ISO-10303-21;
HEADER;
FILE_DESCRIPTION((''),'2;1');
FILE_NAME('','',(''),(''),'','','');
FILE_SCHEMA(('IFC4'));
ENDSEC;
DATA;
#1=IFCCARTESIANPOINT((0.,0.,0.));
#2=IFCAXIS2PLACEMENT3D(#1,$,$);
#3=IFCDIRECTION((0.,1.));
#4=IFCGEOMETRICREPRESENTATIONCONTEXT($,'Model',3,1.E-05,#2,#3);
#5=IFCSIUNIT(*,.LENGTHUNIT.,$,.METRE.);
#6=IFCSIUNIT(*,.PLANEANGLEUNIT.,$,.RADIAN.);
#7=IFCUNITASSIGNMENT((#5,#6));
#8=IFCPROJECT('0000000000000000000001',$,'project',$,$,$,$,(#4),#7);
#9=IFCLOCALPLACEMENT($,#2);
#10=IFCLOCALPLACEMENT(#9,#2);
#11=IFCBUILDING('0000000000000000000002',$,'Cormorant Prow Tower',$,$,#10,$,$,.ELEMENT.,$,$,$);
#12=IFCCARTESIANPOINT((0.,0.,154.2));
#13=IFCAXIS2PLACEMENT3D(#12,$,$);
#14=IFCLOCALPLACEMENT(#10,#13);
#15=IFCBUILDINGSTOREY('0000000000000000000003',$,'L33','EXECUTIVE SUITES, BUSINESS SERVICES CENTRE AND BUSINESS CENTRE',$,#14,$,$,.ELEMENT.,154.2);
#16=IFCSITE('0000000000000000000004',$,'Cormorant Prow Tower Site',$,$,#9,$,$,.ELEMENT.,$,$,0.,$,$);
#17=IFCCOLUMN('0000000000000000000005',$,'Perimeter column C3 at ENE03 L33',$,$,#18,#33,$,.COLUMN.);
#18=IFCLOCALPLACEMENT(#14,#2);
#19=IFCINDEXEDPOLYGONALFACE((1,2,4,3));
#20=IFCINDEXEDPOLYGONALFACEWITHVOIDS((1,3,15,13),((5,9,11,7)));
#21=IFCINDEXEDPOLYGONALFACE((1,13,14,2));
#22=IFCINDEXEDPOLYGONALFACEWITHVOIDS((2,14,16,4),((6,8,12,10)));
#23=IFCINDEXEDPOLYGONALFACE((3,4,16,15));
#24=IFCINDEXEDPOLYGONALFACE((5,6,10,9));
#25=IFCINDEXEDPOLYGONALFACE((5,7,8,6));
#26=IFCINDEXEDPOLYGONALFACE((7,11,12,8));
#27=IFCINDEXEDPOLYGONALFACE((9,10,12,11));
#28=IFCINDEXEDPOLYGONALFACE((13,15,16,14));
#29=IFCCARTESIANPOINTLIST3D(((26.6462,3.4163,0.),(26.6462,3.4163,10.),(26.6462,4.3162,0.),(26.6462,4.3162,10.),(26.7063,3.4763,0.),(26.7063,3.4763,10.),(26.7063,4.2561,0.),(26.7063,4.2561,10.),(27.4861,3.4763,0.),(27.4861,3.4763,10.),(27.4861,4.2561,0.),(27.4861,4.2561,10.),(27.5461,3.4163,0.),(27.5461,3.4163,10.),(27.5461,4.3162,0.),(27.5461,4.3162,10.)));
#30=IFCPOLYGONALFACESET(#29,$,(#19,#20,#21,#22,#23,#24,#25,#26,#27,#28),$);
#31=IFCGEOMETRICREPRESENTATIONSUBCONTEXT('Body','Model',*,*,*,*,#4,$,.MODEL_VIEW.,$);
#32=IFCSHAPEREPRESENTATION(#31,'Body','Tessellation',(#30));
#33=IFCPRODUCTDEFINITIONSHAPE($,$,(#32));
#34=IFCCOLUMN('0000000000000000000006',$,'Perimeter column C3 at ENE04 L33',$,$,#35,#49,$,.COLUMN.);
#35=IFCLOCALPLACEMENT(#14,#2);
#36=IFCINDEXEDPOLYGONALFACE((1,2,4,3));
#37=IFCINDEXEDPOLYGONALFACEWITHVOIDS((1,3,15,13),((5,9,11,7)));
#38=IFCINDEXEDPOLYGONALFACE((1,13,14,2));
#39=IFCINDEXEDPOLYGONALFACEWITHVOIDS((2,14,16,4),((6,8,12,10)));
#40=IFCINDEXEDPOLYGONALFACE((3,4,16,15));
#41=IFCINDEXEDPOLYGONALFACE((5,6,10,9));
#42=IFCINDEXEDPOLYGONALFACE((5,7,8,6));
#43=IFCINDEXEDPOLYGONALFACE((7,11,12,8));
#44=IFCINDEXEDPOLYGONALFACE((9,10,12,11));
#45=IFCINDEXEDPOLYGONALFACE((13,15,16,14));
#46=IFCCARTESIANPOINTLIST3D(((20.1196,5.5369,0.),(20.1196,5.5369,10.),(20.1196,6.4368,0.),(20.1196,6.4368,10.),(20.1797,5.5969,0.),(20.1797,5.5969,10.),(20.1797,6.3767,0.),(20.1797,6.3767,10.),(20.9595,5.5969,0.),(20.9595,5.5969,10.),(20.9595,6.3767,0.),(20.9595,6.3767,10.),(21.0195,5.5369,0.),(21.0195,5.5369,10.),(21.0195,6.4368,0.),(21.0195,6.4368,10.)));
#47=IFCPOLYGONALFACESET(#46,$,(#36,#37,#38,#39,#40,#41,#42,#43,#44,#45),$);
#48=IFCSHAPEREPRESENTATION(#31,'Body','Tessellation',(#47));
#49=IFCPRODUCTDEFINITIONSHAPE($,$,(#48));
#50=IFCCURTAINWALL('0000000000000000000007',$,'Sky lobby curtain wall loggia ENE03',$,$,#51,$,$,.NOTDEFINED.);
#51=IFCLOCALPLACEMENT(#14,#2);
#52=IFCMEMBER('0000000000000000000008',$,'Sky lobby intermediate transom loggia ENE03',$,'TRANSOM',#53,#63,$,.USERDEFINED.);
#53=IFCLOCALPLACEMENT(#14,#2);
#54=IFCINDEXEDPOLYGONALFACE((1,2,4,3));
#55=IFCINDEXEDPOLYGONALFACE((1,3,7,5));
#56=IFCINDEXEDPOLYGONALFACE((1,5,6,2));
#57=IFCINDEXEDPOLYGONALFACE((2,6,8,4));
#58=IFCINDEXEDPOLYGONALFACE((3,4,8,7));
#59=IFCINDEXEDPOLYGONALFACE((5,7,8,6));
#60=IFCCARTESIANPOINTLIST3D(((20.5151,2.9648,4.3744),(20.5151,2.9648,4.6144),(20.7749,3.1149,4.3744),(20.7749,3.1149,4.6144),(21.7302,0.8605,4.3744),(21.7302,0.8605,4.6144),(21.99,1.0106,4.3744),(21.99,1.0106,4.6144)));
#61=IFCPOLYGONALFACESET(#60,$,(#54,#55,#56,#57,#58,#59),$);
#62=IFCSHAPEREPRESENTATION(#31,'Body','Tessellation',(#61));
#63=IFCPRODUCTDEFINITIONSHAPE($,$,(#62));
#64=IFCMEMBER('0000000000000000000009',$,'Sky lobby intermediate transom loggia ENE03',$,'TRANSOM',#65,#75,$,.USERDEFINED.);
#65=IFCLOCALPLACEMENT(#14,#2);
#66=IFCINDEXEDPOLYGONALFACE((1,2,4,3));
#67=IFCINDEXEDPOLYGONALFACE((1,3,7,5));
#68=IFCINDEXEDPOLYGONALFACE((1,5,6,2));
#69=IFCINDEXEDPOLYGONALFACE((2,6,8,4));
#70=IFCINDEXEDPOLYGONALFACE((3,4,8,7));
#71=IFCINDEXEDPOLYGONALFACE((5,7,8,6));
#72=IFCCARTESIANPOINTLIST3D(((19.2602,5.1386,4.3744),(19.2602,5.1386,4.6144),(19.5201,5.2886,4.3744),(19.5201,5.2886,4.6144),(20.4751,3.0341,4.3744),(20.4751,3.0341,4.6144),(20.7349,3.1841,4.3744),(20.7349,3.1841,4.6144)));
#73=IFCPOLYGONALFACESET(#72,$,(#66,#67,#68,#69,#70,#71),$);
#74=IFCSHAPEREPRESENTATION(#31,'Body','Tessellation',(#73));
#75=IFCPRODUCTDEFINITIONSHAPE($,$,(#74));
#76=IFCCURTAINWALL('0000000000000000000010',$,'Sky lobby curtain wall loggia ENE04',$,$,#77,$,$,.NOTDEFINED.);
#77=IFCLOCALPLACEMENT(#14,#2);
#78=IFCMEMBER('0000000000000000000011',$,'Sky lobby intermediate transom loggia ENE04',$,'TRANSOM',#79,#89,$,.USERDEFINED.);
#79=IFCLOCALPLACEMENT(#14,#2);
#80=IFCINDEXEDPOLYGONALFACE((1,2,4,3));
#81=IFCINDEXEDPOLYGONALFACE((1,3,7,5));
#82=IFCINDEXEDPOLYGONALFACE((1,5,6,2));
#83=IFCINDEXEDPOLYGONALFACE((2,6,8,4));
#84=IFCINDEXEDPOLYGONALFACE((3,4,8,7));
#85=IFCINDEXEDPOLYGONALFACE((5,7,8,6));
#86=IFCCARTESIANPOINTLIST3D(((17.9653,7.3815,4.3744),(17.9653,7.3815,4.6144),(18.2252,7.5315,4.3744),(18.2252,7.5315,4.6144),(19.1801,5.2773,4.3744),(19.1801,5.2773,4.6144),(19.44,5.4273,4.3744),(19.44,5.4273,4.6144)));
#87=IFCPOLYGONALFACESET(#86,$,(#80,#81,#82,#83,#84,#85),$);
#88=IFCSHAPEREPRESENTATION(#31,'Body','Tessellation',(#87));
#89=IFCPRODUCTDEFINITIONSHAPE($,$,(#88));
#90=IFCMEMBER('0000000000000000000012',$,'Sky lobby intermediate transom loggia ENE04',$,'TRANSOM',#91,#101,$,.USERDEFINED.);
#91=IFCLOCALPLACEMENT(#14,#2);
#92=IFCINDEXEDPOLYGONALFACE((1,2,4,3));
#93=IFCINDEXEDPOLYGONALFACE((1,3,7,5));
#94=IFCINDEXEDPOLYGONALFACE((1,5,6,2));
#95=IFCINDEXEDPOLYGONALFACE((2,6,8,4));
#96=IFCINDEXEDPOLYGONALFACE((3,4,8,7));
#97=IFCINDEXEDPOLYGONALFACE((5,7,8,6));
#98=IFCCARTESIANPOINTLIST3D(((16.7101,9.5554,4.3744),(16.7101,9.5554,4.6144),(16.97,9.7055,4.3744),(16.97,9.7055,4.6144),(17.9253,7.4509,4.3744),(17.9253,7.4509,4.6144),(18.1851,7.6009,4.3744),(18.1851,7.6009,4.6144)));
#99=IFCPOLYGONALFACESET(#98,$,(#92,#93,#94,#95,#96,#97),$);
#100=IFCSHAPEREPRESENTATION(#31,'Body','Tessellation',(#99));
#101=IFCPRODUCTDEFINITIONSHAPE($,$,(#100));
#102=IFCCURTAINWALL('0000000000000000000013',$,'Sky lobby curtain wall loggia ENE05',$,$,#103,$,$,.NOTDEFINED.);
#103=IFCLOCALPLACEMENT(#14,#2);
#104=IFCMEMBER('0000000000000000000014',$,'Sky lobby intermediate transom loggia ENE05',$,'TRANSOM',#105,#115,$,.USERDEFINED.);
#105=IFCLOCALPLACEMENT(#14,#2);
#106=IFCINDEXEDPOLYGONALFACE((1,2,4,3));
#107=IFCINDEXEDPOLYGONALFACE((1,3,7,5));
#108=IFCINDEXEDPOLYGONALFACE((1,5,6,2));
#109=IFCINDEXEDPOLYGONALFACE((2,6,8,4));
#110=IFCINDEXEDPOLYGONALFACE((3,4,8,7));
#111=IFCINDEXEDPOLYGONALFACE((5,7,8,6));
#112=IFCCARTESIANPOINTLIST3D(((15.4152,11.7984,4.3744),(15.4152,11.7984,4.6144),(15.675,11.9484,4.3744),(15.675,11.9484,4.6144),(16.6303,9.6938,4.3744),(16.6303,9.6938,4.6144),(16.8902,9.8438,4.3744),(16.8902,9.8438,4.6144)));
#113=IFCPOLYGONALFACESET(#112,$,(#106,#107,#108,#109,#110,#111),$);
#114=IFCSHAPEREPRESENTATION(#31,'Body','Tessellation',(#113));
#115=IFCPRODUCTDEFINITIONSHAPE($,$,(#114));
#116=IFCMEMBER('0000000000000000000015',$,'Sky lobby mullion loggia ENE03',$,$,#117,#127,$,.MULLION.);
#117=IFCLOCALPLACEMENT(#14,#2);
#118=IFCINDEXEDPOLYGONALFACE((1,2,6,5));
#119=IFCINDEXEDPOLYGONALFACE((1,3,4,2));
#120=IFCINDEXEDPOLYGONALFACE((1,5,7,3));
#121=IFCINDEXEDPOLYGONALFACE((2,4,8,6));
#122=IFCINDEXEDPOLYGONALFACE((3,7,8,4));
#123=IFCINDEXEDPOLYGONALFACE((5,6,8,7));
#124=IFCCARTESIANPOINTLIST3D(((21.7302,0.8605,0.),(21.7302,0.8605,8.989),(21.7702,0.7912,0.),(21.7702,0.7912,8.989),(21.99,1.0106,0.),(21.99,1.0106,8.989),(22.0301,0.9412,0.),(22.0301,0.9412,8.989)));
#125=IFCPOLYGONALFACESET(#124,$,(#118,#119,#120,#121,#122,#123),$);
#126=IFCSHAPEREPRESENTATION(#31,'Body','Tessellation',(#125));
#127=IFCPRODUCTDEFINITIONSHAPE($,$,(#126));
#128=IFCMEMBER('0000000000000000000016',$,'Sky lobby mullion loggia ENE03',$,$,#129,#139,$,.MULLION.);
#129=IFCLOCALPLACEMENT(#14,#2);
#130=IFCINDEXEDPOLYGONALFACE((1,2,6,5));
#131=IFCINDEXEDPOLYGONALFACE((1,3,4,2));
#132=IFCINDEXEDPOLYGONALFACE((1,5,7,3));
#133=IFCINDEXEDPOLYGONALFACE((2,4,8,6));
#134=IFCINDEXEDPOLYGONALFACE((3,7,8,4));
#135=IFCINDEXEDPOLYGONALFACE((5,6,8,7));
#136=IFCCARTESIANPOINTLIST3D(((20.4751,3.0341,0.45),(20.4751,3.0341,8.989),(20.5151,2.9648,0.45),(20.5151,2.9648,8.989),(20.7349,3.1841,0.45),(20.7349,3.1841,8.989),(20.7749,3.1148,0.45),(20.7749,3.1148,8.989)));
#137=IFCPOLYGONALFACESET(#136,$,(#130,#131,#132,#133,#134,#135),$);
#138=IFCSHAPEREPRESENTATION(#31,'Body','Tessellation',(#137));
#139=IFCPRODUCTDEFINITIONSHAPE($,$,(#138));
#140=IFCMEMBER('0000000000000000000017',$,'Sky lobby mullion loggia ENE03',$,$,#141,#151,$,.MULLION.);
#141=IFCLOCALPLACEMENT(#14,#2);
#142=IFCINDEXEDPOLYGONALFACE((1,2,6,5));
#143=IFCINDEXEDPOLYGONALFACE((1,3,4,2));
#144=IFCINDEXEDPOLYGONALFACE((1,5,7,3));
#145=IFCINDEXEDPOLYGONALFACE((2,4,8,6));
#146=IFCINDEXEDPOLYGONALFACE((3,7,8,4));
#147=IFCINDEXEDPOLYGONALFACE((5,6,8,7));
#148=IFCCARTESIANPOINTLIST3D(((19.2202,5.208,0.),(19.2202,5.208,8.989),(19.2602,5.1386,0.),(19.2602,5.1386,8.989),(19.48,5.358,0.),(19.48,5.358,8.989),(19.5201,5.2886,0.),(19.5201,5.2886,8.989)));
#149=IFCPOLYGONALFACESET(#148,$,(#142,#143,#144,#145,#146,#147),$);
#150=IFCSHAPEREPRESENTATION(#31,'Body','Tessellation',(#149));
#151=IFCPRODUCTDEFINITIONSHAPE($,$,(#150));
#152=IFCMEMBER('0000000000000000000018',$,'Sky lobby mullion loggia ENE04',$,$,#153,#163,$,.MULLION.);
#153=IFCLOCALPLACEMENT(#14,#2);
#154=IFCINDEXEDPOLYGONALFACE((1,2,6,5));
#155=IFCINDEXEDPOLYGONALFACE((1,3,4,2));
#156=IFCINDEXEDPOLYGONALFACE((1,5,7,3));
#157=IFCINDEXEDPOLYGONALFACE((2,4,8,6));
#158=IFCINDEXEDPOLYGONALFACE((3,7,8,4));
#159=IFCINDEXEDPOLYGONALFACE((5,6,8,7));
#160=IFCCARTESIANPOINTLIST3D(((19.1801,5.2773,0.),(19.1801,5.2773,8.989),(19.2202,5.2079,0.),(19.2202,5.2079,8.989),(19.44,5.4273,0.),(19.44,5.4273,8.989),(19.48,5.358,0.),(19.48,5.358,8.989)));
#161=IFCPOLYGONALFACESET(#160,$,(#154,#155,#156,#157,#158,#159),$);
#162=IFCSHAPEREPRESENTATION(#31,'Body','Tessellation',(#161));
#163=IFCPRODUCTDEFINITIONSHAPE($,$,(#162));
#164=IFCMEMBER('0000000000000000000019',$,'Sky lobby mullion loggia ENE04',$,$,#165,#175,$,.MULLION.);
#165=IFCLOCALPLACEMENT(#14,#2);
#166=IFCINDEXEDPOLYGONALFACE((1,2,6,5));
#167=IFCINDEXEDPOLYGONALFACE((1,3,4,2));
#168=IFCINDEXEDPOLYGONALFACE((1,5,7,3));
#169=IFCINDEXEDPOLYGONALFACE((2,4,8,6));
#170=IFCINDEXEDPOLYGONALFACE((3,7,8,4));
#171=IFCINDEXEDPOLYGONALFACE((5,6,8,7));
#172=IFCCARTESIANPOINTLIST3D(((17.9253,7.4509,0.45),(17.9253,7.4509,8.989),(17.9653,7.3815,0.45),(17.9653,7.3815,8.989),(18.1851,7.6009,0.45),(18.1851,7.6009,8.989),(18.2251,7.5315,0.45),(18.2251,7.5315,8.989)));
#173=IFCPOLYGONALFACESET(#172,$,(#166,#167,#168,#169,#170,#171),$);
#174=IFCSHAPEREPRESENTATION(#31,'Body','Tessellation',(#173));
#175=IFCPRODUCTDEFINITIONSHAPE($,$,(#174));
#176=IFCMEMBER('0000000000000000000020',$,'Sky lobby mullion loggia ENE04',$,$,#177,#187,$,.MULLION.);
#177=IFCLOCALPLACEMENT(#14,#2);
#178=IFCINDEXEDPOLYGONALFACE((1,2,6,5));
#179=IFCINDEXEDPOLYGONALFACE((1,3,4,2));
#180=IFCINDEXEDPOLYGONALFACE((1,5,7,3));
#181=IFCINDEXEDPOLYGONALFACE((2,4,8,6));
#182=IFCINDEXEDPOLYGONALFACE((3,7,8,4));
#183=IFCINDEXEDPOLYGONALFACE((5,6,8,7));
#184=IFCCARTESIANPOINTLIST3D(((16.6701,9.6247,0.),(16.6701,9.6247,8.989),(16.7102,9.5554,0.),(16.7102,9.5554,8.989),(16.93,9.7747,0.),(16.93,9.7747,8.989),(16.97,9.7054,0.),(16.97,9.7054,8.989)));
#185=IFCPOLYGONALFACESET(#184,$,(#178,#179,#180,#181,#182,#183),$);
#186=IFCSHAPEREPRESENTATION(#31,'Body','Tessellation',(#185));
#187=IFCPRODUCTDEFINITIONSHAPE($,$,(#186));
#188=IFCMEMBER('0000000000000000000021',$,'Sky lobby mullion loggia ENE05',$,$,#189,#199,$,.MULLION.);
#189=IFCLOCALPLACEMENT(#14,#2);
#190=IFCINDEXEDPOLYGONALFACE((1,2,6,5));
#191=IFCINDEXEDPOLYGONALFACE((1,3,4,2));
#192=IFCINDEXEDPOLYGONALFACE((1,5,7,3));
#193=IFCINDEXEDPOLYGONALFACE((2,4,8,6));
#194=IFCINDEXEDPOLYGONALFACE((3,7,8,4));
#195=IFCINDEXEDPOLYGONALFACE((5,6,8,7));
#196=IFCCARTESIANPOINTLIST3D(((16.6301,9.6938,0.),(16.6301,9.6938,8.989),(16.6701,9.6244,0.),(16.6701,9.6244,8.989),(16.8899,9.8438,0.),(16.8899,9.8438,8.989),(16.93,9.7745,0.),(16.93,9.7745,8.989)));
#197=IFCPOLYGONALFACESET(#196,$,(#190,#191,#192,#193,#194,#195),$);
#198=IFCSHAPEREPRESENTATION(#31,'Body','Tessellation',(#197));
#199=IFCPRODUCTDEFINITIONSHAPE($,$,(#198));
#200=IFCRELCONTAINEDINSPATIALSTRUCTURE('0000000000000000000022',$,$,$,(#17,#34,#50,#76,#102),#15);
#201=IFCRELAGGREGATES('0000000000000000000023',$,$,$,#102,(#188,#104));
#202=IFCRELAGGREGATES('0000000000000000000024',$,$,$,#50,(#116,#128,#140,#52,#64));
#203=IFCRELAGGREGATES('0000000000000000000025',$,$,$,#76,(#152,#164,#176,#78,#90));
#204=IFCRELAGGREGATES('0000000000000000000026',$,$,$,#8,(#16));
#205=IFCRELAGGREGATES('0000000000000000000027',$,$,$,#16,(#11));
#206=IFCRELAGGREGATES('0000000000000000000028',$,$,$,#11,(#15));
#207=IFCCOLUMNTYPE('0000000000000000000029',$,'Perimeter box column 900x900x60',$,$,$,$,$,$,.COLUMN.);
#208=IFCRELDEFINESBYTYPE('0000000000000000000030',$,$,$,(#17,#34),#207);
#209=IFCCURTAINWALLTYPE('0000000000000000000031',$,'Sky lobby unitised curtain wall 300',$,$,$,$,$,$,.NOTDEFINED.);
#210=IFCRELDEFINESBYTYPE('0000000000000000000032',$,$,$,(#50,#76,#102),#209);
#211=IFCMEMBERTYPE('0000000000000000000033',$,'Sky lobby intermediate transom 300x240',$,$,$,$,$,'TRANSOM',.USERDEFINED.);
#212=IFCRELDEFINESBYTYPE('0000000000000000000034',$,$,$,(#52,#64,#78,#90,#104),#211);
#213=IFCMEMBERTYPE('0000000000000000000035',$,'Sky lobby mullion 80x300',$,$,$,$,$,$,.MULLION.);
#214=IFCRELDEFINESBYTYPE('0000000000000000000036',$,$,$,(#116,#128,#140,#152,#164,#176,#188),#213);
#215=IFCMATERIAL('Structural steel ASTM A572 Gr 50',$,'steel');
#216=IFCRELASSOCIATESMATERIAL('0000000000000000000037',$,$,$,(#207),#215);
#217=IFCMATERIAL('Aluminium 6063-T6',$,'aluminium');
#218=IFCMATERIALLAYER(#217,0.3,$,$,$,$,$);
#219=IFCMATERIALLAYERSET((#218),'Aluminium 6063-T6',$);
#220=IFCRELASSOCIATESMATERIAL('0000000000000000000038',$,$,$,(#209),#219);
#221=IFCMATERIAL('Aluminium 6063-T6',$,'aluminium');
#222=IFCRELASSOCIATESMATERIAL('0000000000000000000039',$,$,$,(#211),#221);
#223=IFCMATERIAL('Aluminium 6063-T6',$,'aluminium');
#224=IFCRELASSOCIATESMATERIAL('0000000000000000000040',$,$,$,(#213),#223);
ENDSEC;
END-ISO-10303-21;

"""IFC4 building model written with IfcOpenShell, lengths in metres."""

from ifc_helpers import new_model, si_unit, direction, frame, origin, origin_2d, place, context, subcontext, project, spatial, rectangle, hollow_rectangle, extrude, material, layer, layer_set, material_profile, profile_set, type_object, element, aggregate, save


model = new_model("IFC4")

# Units and contexts
model_context = context("Model", 3, precision=1e-05, world=origin(), true_north=direction((0.0, 1.0)))
body_context = subcontext(model_context, "Body", "Model", "MODEL_VIEW")
ifc_project = project(units=[si_unit("LENGTHUNIT", "METRE"), si_unit("PLANEANGLEUNIT", "RADIAN")], contexts=[model_context])

# Site, building, storey
site_placement = place(None, origin())
site = spatial("IfcSite", under=ifc_project, at=site_placement, Name="Cormorant Prow Tower Site", CompositionType="ELEMENT", RefElevation=0.0)
building_placement = place(site_placement, origin())
building = spatial("IfcBuilding", under=site, at=building_placement, Name="Cormorant Prow Tower", CompositionType="ELEMENT")
storey_placement = place(building_placement, frame((0.0, 0.0, 154.2)))
storey = spatial("IfcBuildingStorey", under=building, at=storey_placement, Name="L33", Description="EXECUTIVE SUITES, BUSINESS SERVICES CENTRE AND BUSINESS CENTRE", CompositionType="ELEMENT", Elevation=154.2)

# Columns
ifc_material_1 = material(Name="Structural steel ASTM A572 Gr 50", Category="steel")
ifc_material_profile_1 = material_profile(ifc_material_1, hollow_rectangle(XDim=0.8999, YDim=0.8999, WallThickness=0.0601, at=origin_2d()), Name="Box 900x900x60")
ifc_profile_set_1 = profile_set([ifc_material_profile_1], Name="Structural steel ASTM A572 Gr 50")
column_type = type_object("IfcColumnType", Name="Perimeter box column 900x900x60", PredefinedType="COLUMN", material=ifc_profile_set_1)
for number, where, z_axis, x_axis, name in (
    (1, (27.0962, 3.8662, 0.0), (0.0, 0.0, 1.0), (1.0, 0.0, 0.0), "Perimeter column C3 at ENE03 L33"),
    (2, (20.5696, 5.9868, 0.0), (0.0, 0.0, 1.0), (1.0, 0.0, 0.0), "Perimeter column C3 at ENE04 L33"),
):
    element("IfcColumn", number, at=place(storey_placement, frame(where, z_axis=z_axis, x_axis=x_axis)), inside=storey, type_object=column_type, Name=name, PredefinedType="COLUMN", context=body_context, shape_type="SweptSolid", body=[
        extrude(hollow_rectangle(XDim=0.8999, YDim=0.8999, WallThickness=0.0601, at=origin_2d()), origin(), (0.0, 0.0, 1.0), 10.0),
    ])

# Curtain walls, members
ifc_material_2 = material(Name="Aluminium 6063-T6", Category="aluminium")
ifc_layer_1 = layer(ifc_material_2, 0.3)
ifc_layer_set_1 = layer_set([ifc_layer_1], Name="Aluminium 6063-T6")
curtain_wall_type = type_object("IfcCurtainWallType", Name="Sky lobby unitised curtain wall 300", PredefinedType="NOTDEFINED", material=ifc_layer_set_1)
curtain_wall_1_placement = place(storey_placement, origin())
curtain_wall_1 = element("IfcCurtainWall", 3, at=curtain_wall_1_placement, inside=storey, type_object=curtain_wall_type, Name="Sky lobby curtain wall loggia ENE03", PredefinedType="NOTDEFINED")
ifc_material_3 = material(Name="Aluminium 6063-T6", Category="aluminium")
ifc_material_profile_2 = material_profile(ifc_material_3, rectangle(XDim=0.3, YDim=0.24, at=origin_2d()), Name="Sky lobby intermediate transom 300x240")
ifc_profile_set_2 = profile_set([ifc_material_profile_2], Name="Aluminium 6063-T6")
member_type_1 = type_object("IfcMemberType", Name="Sky lobby intermediate transom 300x240", ElementType="TRANSOM", PredefinedType="USERDEFINED", material=ifc_profile_set_2)
member_1_placement = place(storey_placement, frame((21.8601, 0.9355, 4.4944), z_axis=(-0.500062, 0.86599, 0.0), x_axis=(-0.86599, -0.500062, 0.0)))
member_1 = element("IfcMember", 4, at=member_1_placement, type_object=member_type_1, Name="Sky lobby intermediate transom loggia ENE03", ObjectType="TRANSOM", PredefinedType="USERDEFINED", context=body_context, shape_type="SweptSolid", body=[
    extrude(rectangle(XDim=0.3, YDim=0.24, at=origin_2d()), origin(), (0.0, 0.0, 1.0), 2.4299),
])
member_2_placement = place(storey_placement, frame((20.605, 3.1091, 4.4944), z_axis=(-0.499943, 0.866058, 0.0), x_axis=(-0.866058, -0.499943, 0.0)))
member_2 = element("IfcMember", 5, at=member_2_placement, type_object=member_type_1, Name="Sky lobby intermediate transom loggia ENE03", ObjectType="TRANSOM", PredefinedType="USERDEFINED", context=body_context, shape_type="SweptSolid", body=[
    extrude(rectangle(XDim=0.3, YDim=0.24, at=origin_2d()), origin(), (0.0, 0.0, 1.0), 2.4299),
])
curtain_wall_2_placement = place(storey_placement, origin())
curtain_wall_2 = element("IfcCurtainWall", 6, at=curtain_wall_2_placement, inside=storey, type_object=curtain_wall_type, Name="Sky lobby curtain wall loggia ENE04", PredefinedType="NOTDEFINED")
member_3_placement = place(storey_placement, frame((19.3101, 5.3523, 4.4944), z_axis=(-0.499986, 0.866033, 0.0), x_axis=(-0.866033, -0.499986, 0.0)))
member_3 = element("IfcMember", 7, at=member_3_placement, type_object=member_type_1, Name="Sky lobby intermediate transom loggia ENE04", ObjectType="TRANSOM", PredefinedType="USERDEFINED", context=body_context, shape_type="SweptSolid", body=[
    extrude(rectangle(XDim=0.3, YDim=0.24, at=origin_2d()), origin(), (0.0, 0.0, 1.0), 2.4297),
])
member_4_placement = place(storey_placement, frame((18.0552, 7.5259, 4.4944), z_axis=(-0.500018, 0.866015, 0.0), x_axis=(-0.866015, -0.500018, 0.0)))
member_4 = element("IfcMember", 8, at=member_4_placement, type_object=member_type_1, Name="Sky lobby intermediate transom loggia ENE04", ObjectType="TRANSOM", PredefinedType="USERDEFINED", context=body_context, shape_type="SweptSolid", body=[
    extrude(rectangle(XDim=0.3, YDim=0.24, at=origin_2d()), origin(), (0.0, 0.0, 1.0), 2.4302),
])

# Curtain wall, member
curtain_wall_3_placement = place(storey_placement, origin())
curtain_wall_3 = element("IfcCurtainWall", 9, at=curtain_wall_3_placement, inside=storey, type_object=curtain_wall_type, Name="Sky lobby curtain wall loggia ENE05", PredefinedType="NOTDEFINED")
member_5_placement = place(storey_placement, frame((16.7603, 9.7688, 4.4944), z_axis=(-0.500018, 0.866015, 0.0), x_axis=(-0.866015, -0.500018, 0.0)))
member_5 = element("IfcMember", 10, at=member_5_placement, type_object=member_type_1, Name="Sky lobby intermediate transom loggia ENE05", ObjectType="TRANSOM", PredefinedType="USERDEFINED", context=body_context, shape_type="SweptSolid", body=[
    extrude(rectangle(XDim=0.3, YDim=0.24, at=origin_2d()), origin(), (0.0, 0.0, 1.0), 2.4302),
])

# Members
ifc_material_4 = material(Name="Aluminium 6063-T6", Category="aluminium")
ifc_material_profile_3 = material_profile(ifc_material_4, rectangle(XDim=0.3, YDim=0.0801, at=origin_2d()), Name="Sky lobby mullion 80x300")
ifc_profile_set_3 = profile_set([ifc_material_profile_3], Name="Aluminium 6063-T6")
member_type_2 = type_object("IfcMemberType", Name="Sky lobby mullion 80x300", PredefinedType="MULLION", material=ifc_profile_set_3)
member_6_placement = place(storey_placement, frame((21.8801, 0.9009, 0.0), z_axis=(0.0, 0.0, 1.0), x_axis=(-0.866025, -0.5, 0.0)))
member_6 = element("IfcMember", 11, at=member_6_placement, type_object=member_type_2, Name="Sky lobby mullion loggia ENE03", PredefinedType="MULLION", context=body_context, shape_type="SweptSolid", body=[
    extrude(rectangle(XDim=0.3, YDim=0.0801, at=origin_2d()), origin(), (0.0, 0.0, 1.0), 8.989),
])
member_7_placement = place(storey_placement, frame((20.625, 3.0745, 0.45), z_axis=(0.0, 0.0, 1.0), x_axis=(-0.866025, -0.5, 0.0)))
member_7 = element("IfcMember", 12, at=member_7_placement, type_object=member_type_2, Name="Sky lobby mullion loggia ENE03", PredefinedType="MULLION", context=body_context, shape_type="SweptSolid", body=[
    extrude(rectangle(XDim=0.3, YDim=0.0801, at=origin_2d()), origin(), (0.0, 0.0, 1.0), 8.5391),
])
member_8_placement = place(storey_placement, frame((19.3701, 5.2483, 0.0), z_axis=(0.0, 0.0, 1.0), x_axis=(-0.866025, -0.5, 0.0)))
member_8 = element("IfcMember", 13, at=member_8_placement, type_object=member_type_2, Name="Sky lobby mullion loggia ENE03", PredefinedType="MULLION", context=body_context, shape_type="SweptSolid", body=[
    extrude(rectangle(XDim=0.3, YDim=0.0801, at=origin_2d()), origin(), (0.0, 0.0, 1.0), 8.989),
])
member_9_placement = place(storey_placement, frame((19.3301, 5.3176, 0.0), z_axis=(0.0, 0.0, 1.0), x_axis=(-0.866025, -0.5, 0.0)))
member_9 = element("IfcMember", 14, at=member_9_placement, type_object=member_type_2, Name="Sky lobby mullion loggia ENE04", PredefinedType="MULLION", context=body_context, shape_type="SweptSolid", body=[
    extrude(rectangle(XDim=0.3, YDim=0.0801, at=origin_2d()), origin(), (0.0, 0.0, 1.0), 8.989),
])
member_10_placement = place(storey_placement, frame((18.0752, 7.4912, 0.45), z_axis=(0.0, 0.0, 1.0), x_axis=(-0.866025, -0.5, 0.0)))
member_10 = element("IfcMember", 15, at=member_10_placement, type_object=member_type_2, Name="Sky lobby mullion loggia ENE04", PredefinedType="MULLION", context=body_context, shape_type="SweptSolid", body=[
    extrude(rectangle(XDim=0.3, YDim=0.0801, at=origin_2d()), origin(), (0.0, 0.0, 1.0), 8.5391),
])
member_11_placement = place(storey_placement, frame((16.8201, 9.665, 0.0), z_axis=(0.0, 0.0, 1.0), x_axis=(-0.866025, -0.5, 0.0)))
member_11 = element("IfcMember", 16, at=member_11_placement, type_object=member_type_2, Name="Sky lobby mullion loggia ENE04", PredefinedType="MULLION", context=body_context, shape_type="SweptSolid", body=[
    extrude(rectangle(XDim=0.3, YDim=0.0801, at=origin_2d()), origin(), (0.0, 0.0, 1.0), 8.989),
])
member_12_placement = place(storey_placement, frame((16.78, 9.7341, 0.0), z_axis=(0.0, 0.0, 1.0), x_axis=(-0.866025, -0.5, 0.0)))
member_12 = element("IfcMember", 17, at=member_12_placement, type_object=member_type_2, Name="Sky lobby mullion loggia ENE05", PredefinedType="MULLION", context=body_context, shape_type="SweptSolid", body=[
    extrude(rectangle(XDim=0.3, YDim=0.0801, at=origin_2d()), origin(), (0.0, 0.0, 1.0), 8.989),
])
aggregate(curtain_wall_3, [member_12, member_5])

aggregate(curtain_wall_1, [member_6, member_7, member_8, member_1, member_2])
aggregate(curtain_wall_2, [member_9, member_10, member_11, member_3, member_4])

save(model, "model.ifc")
